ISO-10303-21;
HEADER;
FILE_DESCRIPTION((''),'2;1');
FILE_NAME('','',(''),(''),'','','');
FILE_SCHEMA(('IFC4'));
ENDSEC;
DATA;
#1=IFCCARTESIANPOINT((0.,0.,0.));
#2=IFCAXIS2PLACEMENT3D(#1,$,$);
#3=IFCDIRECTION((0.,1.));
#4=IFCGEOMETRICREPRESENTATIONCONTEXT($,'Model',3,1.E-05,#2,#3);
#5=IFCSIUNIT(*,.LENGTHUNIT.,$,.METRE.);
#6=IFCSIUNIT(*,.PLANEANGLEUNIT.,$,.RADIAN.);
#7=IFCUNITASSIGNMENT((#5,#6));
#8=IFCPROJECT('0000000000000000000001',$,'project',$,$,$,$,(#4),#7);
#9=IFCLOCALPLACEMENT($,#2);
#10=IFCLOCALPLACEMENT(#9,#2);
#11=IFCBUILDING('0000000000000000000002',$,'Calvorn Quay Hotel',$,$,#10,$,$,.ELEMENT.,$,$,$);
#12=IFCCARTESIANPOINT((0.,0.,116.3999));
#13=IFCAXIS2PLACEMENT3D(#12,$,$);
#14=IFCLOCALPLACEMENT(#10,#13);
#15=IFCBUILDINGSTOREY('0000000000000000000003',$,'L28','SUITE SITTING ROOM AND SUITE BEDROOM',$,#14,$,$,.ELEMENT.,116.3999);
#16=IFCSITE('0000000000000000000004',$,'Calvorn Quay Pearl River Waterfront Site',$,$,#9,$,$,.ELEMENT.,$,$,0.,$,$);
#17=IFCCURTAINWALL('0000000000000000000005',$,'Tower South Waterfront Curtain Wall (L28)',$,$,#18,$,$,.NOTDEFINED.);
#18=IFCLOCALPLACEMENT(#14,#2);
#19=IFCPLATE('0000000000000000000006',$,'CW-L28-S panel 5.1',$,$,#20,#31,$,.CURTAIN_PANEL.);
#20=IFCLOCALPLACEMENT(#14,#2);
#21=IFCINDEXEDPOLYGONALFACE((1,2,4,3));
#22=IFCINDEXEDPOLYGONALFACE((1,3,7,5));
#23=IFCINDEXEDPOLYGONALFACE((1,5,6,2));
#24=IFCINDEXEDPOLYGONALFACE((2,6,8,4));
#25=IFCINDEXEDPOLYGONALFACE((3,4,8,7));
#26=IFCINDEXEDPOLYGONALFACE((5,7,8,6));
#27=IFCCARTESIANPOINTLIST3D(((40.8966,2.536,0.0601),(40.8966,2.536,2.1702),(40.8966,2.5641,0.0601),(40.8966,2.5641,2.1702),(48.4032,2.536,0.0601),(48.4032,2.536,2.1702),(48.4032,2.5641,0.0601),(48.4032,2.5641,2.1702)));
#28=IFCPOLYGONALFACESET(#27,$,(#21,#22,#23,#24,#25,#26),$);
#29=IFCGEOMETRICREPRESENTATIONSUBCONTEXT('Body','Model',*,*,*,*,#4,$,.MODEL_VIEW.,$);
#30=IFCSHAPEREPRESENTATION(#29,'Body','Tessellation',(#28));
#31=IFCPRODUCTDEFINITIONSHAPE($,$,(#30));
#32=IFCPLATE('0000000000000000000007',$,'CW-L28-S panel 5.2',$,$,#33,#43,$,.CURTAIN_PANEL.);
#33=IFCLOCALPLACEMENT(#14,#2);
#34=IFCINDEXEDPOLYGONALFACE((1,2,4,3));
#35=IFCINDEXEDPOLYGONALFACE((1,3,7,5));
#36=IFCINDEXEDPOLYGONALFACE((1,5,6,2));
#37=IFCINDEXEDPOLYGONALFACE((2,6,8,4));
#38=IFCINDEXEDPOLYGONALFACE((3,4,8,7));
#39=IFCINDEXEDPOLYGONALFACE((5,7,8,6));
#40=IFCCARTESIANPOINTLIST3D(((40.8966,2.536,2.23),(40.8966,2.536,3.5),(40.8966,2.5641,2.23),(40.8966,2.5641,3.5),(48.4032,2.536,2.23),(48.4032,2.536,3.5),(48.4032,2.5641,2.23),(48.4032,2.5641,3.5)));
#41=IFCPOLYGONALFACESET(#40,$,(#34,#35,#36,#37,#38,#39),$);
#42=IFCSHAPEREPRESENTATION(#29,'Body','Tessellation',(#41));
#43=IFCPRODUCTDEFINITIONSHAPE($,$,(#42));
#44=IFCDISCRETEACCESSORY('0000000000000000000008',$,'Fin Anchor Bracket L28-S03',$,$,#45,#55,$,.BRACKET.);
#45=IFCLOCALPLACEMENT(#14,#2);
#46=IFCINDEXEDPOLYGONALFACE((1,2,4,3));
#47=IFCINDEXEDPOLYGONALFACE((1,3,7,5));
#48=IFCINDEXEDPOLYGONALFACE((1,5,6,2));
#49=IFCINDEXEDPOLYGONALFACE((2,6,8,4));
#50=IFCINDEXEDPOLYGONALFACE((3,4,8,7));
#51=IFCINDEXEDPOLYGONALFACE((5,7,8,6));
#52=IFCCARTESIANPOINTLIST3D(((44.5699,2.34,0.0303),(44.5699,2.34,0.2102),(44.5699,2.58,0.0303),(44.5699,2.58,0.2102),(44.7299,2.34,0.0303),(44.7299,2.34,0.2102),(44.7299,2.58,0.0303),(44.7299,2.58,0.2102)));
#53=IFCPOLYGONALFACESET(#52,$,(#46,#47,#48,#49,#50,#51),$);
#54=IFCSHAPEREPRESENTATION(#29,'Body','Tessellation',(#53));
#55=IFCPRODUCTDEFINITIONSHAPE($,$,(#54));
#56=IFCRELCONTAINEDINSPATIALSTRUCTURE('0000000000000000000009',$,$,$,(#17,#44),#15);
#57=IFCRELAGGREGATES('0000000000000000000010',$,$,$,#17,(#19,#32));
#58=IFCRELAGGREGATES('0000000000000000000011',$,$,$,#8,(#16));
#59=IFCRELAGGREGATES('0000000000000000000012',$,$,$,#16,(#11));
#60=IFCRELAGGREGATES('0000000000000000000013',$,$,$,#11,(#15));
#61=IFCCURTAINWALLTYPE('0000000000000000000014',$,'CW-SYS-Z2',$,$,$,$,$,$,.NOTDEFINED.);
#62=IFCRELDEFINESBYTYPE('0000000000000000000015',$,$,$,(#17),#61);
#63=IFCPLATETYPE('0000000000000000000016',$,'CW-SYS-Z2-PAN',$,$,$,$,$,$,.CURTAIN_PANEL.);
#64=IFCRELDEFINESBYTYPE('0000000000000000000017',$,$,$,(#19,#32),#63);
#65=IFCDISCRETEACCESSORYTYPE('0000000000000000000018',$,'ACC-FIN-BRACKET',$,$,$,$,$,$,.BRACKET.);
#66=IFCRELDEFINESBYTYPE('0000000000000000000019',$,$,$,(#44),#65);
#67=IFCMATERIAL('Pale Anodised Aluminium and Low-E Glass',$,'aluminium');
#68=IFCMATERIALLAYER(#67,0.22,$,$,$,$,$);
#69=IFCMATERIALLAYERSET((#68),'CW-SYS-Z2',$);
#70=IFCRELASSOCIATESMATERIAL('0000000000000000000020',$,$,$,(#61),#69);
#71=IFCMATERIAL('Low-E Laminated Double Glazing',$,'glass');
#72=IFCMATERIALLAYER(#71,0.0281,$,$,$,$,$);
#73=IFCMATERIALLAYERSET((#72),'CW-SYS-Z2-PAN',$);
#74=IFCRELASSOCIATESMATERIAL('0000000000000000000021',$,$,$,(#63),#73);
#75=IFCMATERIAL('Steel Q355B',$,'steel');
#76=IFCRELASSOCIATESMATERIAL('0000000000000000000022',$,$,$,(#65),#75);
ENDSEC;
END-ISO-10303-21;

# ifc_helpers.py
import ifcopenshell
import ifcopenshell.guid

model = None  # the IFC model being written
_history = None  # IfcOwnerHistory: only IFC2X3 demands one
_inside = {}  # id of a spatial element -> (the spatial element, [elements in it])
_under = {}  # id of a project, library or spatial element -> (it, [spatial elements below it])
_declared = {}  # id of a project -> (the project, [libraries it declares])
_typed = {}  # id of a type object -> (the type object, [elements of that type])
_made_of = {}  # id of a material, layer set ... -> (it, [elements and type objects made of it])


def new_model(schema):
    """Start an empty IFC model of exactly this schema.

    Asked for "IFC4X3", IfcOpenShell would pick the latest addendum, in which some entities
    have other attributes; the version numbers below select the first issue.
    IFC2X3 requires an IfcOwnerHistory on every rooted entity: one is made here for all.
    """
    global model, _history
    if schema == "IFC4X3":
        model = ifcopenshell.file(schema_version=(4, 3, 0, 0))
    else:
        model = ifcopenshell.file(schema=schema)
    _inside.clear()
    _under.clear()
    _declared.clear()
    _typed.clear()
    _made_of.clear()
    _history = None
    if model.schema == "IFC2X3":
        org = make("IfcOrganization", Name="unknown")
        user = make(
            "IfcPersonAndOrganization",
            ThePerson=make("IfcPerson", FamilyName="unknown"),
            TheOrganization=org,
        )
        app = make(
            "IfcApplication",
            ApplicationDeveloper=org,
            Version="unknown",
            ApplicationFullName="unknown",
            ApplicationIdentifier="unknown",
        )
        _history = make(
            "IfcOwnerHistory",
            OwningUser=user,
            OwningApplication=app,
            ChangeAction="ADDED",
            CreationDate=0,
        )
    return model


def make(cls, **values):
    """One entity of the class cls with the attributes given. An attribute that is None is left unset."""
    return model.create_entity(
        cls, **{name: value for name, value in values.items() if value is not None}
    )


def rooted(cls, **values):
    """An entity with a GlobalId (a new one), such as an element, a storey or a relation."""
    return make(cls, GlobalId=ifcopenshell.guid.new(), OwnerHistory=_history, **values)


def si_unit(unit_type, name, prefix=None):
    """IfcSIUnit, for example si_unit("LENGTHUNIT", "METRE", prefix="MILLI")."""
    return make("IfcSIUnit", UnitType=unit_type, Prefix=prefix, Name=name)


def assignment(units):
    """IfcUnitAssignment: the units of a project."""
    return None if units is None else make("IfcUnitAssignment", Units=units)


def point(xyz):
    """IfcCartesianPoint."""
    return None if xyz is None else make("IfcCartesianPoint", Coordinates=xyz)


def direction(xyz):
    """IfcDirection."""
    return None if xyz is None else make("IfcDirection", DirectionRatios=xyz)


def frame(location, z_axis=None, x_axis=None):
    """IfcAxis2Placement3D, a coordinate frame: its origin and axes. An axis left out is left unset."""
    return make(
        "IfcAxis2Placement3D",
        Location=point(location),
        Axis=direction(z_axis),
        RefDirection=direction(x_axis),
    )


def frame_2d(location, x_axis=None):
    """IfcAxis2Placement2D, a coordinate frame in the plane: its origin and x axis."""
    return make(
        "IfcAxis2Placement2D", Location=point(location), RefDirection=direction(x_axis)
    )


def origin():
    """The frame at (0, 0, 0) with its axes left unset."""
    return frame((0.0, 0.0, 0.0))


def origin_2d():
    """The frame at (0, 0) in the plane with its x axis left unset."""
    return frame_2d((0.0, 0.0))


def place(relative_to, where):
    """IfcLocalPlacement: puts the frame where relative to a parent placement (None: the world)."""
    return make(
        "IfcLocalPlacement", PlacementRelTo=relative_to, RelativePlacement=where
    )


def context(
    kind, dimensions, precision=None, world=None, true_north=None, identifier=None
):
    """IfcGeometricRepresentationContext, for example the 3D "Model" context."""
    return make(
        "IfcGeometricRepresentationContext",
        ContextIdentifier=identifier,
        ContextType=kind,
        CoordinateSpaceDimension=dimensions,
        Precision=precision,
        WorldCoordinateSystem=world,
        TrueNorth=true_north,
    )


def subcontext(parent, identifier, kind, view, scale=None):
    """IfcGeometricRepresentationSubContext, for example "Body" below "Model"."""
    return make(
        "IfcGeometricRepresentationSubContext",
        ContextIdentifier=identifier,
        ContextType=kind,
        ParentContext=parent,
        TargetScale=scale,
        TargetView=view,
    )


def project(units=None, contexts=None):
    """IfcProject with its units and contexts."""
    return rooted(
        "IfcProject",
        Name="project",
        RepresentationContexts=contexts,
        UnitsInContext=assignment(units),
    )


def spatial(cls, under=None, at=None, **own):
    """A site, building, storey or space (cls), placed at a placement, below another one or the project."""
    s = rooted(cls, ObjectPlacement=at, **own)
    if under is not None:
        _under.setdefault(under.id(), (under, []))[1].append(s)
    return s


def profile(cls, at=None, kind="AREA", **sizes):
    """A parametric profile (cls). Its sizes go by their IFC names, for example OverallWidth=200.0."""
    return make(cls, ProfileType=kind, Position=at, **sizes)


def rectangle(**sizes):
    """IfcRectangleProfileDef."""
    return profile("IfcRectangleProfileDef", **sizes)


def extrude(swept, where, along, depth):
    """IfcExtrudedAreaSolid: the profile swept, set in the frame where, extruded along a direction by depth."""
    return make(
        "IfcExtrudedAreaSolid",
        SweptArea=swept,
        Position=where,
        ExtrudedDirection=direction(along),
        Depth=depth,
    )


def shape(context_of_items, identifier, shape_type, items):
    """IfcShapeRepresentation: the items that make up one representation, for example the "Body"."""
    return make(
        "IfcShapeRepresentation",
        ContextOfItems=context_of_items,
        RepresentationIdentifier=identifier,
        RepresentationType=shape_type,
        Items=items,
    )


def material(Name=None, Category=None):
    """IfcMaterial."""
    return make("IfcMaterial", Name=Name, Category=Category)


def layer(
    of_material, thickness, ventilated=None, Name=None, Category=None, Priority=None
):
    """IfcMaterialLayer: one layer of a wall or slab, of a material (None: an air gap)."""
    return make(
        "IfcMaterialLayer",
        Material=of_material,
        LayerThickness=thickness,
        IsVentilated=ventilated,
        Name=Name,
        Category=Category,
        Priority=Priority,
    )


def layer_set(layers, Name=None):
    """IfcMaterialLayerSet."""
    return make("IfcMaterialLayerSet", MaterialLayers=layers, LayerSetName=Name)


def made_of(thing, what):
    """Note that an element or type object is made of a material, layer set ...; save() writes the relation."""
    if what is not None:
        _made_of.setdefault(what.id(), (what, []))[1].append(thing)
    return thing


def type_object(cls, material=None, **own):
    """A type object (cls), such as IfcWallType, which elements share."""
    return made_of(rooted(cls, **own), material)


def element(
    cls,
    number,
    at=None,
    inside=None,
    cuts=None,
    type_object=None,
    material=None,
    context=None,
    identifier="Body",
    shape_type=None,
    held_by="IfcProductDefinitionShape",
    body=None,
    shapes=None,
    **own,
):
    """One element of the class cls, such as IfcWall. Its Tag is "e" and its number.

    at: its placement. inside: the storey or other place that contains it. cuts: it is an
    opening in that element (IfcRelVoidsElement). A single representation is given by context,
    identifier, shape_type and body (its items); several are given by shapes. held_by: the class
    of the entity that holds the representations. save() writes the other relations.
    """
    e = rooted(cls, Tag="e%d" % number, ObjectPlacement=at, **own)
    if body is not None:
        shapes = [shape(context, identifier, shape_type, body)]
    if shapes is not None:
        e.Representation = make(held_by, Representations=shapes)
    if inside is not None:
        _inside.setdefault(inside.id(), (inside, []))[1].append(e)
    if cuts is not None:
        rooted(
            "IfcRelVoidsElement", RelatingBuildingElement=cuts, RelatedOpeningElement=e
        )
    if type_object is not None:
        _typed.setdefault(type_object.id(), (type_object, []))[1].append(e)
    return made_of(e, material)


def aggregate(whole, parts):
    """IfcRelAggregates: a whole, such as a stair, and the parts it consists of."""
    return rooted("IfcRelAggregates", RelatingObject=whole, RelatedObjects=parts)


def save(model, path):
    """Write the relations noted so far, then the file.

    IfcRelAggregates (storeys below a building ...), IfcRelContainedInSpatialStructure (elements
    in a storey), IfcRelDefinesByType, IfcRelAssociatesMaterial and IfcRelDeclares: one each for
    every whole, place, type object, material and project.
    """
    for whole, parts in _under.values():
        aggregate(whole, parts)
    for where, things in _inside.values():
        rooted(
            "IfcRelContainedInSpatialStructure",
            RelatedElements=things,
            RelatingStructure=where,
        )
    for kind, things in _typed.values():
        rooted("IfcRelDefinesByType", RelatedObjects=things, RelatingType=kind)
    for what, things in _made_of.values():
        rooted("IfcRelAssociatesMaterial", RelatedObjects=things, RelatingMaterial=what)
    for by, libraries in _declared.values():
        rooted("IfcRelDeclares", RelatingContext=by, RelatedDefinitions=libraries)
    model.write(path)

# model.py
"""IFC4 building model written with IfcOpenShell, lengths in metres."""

from ifc_helpers import new_model, si_unit, direction, frame, origin, origin_2d, place, context, subcontext, project, spatial, rectangle, extrude, material, layer, layer_set, type_object, element, aggregate, save


model = new_model("IFC4")

# Units and contexts
model_context = context("Model", 3, precision=1e-05, world=origin(), true_north=direction((0.0, 1.0)))
body_context = subcontext(model_context, "Body", "Model", "MODEL_VIEW")
ifc_project = project(units=[si_unit("LENGTHUNIT", "METRE"), si_unit("PLANEANGLEUNIT", "RADIAN")], contexts=[model_context])

# Site, building, storey
site_placement = place(None, origin())
site = spatial("IfcSite", under=ifc_project, at=site_placement, Name="Calvorn Quay Pearl River Waterfront Site", CompositionType="ELEMENT", RefElevation=0.0)
building_placement = place(site_placement, origin())
building = spatial("IfcBuilding", under=site, at=building_placement, Name="Calvorn Quay Hotel", CompositionType="ELEMENT")
storey_placement = place(building_placement, frame((0.0, 0.0, 116.3999)))
storey = spatial("IfcBuildingStorey", under=building, at=storey_placement, Name="L28", Description="SUITE SITTING ROOM AND SUITE BEDROOM", CompositionType="ELEMENT", Elevation=116.3999)

# Curtain wall, plates
ifc_material_1 = material(Name="Pale Anodised Aluminium and Low-E Glass", Category="aluminium")
ifc_layer_1 = layer(ifc_material_1, 0.22)
ifc_layer_set_1 = layer_set([ifc_layer_1], Name="CW-SYS-Z2")
curtain_wall_type = type_object("IfcCurtainWallType", Name="CW-SYS-Z2", PredefinedType="NOTDEFINED", material=ifc_layer_set_1)
curtain_wall_placement = place(storey_placement, origin())
curtain_wall = element("IfcCurtainWall", 1, at=curtain_wall_placement, inside=storey, type_object=curtain_wall_type, Name="Tower South Waterfront Curtain Wall (L28)", PredefinedType="NOTDEFINED")
ifc_material_2 = material(Name="Low-E Laminated Double Glazing", Category="glass")
ifc_layer_2 = layer(ifc_material_2, 0.0281)
ifc_layer_set_2 = layer_set([ifc_layer_2], Name="CW-SYS-Z2-PAN")
plate_type = type_object("IfcPlateType", Name="CW-SYS-Z2-PAN", PredefinedType="CURTAIN_PANEL", material=ifc_layer_set_2)
plate_1_placement = place(storey_placement, frame((44.6499, 2.55, 0.0601), z_axis=(0.0, 0.0, 1.0), x_axis=(1.0, 0.0, 0.0)))
plate_1 = element("IfcPlate", 2, at=plate_1_placement, type_object=plate_type, Name="CW-L28-S panel 5.1", PredefinedType="CURTAIN_PANEL", context=body_context, shape_type="SweptSolid", body=[
    extrude(rectangle(XDim=7.5066, YDim=0.0281, at=origin_2d()), origin(), (0.0, 0.0, 1.0), 2.1101),
])
plate_2_placement = place(storey_placement, frame((44.6499, 2.55, 2.23), z_axis=(0.0, 0.0, 1.0), x_axis=(1.0, 0.0, 0.0)))
plate_2 = element("IfcPlate", 3, at=plate_2_placement, type_object=plate_type, Name="CW-L28-S panel 5.2", PredefinedType="CURTAIN_PANEL", context=body_context, shape_type="SweptSolid", body=[
    extrude(rectangle(XDim=7.5066, YDim=0.0281, at=origin_2d()), origin(), (0.0, 0.0, 1.0), 1.27),
])
aggregate(curtain_wall, [plate_1, plate_2])

# Discrete accessory
ifc_material_3 = material(Name="Steel Q355B", Category="steel")
discrete_accessory_type = type_object("IfcDiscreteAccessoryType", Name="ACC-FIN-BRACKET", PredefinedType="BRACKET", material=ifc_material_3)
discrete_accessory_placement = place(storey_placement, frame((44.6499, 2.46, 0.0303), z_axis=(0.0, 0.0, 1.0), x_axis=(0.0, 1.0, 0.0)))
element("IfcDiscreteAccessory", 4, at=discrete_accessory_placement, inside=storey, type_object=discrete_accessory_type, Name="Fin Anchor Bracket L28-S03", PredefinedType="BRACKET", context=body_context, shape_type="SweptSolid", body=[
    extrude(rectangle(XDim=0.24, YDim=0.1599, at=origin_2d()), origin(), (0.0, 0.0, 1.0), 0.1799),
])

save(model, "model.ifc")
